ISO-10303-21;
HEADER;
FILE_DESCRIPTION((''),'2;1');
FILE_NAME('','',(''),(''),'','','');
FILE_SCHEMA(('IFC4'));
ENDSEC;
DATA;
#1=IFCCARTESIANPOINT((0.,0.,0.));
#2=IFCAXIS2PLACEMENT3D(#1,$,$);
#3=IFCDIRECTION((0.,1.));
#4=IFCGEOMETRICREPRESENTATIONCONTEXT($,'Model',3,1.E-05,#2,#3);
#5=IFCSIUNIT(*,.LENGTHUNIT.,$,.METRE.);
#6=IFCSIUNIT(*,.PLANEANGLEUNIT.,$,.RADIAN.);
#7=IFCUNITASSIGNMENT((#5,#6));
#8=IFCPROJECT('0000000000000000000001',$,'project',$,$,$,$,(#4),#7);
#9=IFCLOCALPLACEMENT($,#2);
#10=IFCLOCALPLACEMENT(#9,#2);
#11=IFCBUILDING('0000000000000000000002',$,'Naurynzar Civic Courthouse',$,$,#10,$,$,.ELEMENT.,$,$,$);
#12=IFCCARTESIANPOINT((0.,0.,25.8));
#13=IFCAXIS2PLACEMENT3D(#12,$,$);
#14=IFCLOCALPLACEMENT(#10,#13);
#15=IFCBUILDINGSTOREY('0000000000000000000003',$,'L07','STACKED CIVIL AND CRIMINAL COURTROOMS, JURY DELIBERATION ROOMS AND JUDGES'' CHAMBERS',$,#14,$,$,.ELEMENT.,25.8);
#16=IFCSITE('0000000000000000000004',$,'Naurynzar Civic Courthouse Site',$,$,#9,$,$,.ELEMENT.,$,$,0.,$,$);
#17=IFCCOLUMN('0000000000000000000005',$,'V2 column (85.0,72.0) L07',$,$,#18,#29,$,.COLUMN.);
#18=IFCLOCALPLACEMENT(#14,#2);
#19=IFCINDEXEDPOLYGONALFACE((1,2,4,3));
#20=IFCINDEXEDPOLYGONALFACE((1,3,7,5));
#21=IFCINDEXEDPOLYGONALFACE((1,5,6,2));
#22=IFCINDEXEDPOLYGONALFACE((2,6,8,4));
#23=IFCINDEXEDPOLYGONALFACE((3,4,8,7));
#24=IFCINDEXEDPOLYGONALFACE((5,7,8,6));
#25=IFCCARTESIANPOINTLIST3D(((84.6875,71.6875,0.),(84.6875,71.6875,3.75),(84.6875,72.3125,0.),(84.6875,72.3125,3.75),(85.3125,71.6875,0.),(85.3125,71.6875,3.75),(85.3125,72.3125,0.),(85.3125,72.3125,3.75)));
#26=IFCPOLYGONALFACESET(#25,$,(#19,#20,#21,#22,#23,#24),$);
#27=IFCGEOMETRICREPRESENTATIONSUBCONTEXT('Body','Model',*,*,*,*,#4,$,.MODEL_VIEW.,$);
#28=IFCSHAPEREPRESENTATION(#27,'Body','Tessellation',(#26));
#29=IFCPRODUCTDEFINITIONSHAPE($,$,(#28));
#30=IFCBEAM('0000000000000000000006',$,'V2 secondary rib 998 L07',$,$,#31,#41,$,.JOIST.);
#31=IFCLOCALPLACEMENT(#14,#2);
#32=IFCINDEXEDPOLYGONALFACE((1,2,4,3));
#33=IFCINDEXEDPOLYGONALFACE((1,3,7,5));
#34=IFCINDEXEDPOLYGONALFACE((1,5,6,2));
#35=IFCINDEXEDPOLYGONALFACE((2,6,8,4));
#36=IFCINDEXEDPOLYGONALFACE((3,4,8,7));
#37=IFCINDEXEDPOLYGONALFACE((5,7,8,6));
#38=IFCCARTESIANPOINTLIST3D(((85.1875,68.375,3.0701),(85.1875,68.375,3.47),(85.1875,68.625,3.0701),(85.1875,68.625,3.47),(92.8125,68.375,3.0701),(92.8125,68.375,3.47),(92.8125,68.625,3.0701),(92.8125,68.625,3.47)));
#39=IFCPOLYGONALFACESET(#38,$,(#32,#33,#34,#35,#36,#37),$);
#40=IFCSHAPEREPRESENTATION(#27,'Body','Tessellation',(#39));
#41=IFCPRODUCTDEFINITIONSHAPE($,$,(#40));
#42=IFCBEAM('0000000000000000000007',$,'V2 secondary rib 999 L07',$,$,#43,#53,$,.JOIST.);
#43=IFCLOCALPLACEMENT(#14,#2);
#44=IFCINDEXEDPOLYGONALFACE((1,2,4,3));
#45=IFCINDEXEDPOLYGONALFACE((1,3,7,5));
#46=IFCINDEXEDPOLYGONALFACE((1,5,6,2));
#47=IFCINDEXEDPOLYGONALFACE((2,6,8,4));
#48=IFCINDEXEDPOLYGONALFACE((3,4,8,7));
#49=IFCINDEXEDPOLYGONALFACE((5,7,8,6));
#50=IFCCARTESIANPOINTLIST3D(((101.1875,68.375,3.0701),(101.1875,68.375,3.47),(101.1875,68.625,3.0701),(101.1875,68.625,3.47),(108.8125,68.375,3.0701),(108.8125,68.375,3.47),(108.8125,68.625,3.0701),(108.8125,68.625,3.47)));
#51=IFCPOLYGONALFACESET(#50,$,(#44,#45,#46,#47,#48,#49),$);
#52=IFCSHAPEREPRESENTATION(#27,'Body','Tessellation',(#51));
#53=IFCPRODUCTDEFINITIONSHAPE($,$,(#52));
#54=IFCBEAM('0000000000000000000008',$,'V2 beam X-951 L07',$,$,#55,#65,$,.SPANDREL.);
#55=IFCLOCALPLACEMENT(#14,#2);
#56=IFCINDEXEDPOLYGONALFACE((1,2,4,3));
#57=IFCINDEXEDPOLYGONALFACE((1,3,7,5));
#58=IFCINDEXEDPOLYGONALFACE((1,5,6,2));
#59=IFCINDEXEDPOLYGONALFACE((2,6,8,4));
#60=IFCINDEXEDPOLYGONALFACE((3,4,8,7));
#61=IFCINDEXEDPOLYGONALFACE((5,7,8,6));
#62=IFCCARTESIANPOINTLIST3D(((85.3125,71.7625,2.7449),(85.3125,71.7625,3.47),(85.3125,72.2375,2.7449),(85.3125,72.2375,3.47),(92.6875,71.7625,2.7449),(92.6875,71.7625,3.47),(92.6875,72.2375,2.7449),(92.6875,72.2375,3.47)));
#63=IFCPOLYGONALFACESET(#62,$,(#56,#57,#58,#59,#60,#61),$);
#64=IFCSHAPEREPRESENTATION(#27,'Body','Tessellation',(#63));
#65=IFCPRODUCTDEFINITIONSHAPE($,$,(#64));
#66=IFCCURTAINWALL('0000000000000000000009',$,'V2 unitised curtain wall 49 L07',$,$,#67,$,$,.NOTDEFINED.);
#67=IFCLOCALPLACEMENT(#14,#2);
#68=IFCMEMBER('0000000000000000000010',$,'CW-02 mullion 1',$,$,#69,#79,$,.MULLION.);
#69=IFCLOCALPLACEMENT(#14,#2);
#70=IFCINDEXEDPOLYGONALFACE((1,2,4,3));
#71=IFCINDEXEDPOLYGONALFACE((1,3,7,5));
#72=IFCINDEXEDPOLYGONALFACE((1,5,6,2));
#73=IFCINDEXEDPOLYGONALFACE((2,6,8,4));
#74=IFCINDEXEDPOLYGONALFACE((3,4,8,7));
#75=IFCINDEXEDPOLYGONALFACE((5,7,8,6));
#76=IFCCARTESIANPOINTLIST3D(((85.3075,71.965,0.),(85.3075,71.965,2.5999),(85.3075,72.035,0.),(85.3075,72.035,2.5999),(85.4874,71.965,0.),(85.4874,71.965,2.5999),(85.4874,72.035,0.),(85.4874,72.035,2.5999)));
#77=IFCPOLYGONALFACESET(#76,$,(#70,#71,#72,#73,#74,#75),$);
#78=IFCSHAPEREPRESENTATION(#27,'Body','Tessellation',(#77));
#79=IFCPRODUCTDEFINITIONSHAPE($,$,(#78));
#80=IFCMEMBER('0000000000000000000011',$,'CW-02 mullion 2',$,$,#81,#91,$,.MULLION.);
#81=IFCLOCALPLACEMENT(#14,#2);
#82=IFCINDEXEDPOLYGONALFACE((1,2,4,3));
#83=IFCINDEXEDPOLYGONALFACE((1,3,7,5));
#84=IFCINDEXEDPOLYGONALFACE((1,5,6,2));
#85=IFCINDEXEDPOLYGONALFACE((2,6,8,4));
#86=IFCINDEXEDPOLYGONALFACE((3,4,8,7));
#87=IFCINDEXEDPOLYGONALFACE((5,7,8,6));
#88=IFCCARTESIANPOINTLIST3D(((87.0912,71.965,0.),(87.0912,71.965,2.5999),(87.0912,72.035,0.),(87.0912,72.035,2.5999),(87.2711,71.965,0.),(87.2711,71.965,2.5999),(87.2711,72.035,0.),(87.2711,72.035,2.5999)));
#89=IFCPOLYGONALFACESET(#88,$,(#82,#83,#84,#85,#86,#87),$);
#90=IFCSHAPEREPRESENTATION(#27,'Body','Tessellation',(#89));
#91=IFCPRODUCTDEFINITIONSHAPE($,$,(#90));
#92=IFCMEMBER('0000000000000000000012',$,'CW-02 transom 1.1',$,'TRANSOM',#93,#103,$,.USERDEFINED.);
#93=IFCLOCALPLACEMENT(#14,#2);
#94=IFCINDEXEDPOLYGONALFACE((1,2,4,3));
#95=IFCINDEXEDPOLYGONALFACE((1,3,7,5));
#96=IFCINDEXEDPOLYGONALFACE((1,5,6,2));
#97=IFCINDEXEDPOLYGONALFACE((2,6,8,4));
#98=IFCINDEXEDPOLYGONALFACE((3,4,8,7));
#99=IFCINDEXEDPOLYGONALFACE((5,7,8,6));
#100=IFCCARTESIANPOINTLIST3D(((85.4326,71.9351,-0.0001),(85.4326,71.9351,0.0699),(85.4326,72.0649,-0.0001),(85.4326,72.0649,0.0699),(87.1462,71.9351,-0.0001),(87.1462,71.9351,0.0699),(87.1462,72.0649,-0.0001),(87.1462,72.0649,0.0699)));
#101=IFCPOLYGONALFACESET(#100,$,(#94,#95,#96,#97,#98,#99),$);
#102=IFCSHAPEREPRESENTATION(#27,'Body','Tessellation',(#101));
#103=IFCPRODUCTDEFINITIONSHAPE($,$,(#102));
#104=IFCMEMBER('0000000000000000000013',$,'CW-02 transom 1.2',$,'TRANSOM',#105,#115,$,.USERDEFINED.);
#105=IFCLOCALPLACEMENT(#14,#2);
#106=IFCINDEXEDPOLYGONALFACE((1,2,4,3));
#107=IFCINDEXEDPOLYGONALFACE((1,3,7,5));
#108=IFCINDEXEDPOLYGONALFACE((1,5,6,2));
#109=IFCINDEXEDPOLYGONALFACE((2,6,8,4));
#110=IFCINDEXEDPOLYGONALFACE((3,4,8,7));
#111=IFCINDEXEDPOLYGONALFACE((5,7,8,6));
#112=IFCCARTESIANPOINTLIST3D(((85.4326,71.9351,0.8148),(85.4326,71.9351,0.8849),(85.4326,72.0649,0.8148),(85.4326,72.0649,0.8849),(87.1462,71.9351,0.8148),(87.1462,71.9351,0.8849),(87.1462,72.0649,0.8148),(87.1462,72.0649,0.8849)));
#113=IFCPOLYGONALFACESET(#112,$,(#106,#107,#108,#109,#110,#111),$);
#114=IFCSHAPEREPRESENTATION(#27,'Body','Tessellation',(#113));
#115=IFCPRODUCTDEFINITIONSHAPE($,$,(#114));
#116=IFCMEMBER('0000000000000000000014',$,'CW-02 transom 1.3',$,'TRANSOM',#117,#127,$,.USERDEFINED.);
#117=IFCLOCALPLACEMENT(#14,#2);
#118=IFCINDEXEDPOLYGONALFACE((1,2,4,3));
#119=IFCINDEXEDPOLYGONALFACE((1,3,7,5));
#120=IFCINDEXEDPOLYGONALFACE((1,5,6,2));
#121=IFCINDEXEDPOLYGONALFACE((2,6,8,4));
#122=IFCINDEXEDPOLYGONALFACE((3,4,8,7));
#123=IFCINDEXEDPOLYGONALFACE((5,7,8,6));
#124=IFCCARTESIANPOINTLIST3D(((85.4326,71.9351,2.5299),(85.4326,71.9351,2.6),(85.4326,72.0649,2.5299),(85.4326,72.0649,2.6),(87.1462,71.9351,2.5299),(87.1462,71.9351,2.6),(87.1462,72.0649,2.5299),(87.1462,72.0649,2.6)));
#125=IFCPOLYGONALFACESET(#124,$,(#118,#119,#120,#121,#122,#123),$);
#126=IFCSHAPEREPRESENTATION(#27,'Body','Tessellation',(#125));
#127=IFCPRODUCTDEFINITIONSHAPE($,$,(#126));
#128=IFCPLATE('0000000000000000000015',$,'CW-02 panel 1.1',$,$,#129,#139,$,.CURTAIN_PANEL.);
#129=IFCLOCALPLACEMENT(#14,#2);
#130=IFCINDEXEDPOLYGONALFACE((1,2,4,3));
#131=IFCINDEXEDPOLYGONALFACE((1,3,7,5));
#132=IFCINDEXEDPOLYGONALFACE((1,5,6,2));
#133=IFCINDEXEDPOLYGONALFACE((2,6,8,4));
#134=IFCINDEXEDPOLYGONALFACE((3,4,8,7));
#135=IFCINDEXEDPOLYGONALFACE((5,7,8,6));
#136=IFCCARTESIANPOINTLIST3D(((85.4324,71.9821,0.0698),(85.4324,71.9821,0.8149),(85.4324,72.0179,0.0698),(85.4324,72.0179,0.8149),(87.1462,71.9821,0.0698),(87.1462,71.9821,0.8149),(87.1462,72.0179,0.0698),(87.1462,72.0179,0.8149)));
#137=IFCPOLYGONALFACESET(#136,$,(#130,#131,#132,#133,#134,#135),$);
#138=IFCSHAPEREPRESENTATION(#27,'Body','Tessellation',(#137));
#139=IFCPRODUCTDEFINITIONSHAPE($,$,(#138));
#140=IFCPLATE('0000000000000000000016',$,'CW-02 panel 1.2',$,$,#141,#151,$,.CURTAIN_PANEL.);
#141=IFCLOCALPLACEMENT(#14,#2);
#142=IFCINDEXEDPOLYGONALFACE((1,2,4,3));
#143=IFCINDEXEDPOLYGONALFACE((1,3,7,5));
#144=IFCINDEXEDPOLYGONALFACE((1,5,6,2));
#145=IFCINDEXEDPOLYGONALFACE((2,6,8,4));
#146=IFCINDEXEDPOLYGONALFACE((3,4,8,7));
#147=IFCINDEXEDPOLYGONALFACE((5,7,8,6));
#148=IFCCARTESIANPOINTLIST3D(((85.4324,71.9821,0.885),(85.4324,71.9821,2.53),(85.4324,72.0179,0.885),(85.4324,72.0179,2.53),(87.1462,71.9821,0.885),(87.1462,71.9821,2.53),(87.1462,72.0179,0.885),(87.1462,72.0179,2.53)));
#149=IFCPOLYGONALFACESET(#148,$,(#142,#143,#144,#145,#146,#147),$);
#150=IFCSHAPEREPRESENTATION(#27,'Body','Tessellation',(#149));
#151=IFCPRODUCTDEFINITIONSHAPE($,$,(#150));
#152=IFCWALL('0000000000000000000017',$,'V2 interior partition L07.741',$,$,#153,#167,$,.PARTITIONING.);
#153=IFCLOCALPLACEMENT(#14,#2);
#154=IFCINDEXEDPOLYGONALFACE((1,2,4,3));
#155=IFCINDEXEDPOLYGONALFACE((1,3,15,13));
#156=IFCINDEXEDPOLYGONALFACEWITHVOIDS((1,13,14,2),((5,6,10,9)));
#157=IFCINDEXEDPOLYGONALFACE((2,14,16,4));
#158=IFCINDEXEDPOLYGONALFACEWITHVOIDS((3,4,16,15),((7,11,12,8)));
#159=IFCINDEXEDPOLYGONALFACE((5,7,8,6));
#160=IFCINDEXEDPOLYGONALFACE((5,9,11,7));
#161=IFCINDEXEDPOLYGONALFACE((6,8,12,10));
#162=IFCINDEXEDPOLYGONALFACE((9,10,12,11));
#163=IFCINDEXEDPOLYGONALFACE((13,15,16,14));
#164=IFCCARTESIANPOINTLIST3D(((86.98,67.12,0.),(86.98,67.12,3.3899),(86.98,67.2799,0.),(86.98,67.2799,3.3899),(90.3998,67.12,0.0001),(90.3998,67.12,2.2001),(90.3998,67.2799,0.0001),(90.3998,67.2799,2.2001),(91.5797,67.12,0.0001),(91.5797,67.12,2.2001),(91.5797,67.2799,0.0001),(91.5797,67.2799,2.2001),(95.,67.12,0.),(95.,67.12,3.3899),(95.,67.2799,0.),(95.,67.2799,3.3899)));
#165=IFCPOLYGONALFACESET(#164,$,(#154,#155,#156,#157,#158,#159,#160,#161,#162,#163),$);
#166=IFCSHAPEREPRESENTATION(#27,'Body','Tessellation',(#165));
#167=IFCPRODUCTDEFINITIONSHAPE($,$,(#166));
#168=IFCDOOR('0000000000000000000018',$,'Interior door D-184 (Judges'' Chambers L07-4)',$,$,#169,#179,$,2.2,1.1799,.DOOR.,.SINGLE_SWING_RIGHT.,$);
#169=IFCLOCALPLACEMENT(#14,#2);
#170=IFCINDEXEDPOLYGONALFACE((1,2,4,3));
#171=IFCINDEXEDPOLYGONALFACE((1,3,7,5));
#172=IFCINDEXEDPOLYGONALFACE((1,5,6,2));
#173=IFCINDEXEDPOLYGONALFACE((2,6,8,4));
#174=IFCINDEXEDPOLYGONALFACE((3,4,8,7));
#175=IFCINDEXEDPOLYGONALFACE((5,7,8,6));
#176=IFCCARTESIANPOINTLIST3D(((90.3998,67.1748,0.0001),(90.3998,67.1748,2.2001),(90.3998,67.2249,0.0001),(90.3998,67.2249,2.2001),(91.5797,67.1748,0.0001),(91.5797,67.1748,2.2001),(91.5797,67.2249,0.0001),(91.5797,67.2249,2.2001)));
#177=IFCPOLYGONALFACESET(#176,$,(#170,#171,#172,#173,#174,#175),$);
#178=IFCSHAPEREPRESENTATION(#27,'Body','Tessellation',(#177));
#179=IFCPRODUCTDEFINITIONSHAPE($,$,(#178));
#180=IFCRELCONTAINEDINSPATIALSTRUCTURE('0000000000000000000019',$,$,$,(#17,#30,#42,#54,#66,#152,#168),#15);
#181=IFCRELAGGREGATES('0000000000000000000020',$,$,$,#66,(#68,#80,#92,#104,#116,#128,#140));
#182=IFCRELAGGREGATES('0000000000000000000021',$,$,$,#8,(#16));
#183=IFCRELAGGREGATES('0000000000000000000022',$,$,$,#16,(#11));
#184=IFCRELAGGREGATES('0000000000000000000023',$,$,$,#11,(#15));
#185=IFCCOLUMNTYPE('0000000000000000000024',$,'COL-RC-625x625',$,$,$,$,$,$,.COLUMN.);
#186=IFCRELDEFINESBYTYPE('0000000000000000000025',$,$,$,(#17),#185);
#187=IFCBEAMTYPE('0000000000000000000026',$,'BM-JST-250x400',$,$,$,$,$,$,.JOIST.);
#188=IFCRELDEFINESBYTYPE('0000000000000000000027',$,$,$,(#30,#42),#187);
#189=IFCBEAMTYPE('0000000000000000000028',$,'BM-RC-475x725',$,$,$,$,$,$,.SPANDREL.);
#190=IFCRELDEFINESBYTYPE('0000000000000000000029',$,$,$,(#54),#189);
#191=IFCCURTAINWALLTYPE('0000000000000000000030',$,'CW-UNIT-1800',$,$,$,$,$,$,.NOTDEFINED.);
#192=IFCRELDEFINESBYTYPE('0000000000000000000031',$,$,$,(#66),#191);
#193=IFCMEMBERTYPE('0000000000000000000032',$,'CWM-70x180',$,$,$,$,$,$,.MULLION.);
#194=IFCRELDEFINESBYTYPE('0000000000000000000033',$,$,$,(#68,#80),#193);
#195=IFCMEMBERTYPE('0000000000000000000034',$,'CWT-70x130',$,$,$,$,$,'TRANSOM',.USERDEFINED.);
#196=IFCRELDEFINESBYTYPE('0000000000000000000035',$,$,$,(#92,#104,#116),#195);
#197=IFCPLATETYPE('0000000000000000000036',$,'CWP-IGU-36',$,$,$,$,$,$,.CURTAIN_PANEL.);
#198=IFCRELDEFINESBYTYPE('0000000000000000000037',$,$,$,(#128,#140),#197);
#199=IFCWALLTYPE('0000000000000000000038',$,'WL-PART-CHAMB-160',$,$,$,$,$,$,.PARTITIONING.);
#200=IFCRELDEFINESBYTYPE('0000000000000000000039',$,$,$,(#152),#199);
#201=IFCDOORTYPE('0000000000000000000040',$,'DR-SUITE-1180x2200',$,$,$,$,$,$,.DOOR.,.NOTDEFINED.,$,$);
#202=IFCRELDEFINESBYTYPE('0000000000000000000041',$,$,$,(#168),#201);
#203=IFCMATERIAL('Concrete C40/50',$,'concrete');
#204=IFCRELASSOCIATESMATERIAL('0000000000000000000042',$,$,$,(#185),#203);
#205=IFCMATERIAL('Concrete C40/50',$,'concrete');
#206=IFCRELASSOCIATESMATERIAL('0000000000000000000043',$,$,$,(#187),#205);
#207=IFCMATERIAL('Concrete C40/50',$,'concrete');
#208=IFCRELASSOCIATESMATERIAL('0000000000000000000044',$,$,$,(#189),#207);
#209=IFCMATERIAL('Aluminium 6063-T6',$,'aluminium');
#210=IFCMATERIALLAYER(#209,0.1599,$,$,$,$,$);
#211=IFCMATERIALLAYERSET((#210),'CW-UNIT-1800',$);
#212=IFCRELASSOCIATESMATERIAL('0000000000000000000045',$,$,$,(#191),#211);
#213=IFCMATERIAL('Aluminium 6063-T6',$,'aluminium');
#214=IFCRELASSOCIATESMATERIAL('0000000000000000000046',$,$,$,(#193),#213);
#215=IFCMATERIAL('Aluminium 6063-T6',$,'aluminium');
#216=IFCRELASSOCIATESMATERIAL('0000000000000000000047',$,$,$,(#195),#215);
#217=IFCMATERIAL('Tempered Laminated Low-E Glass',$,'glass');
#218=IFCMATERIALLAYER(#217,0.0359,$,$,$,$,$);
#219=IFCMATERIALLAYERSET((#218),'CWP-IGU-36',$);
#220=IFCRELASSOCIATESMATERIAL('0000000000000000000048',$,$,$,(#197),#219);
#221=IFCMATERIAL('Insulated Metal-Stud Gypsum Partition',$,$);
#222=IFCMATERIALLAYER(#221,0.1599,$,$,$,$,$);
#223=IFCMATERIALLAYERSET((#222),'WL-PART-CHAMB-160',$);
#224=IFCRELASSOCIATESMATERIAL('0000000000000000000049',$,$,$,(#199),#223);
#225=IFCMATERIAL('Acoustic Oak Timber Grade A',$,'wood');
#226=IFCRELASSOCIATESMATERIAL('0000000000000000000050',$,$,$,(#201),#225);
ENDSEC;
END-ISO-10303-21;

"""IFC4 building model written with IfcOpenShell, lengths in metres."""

from ifc_helpers import new_model, si_unit, direction, frame, frame_2d, origin, origin_2d, place, context, subcontext, project, spatial, rectangle, extrude, material, layer, layer_set, material_profile, profile_set, type_object, element, fill, aggregate, save


model = new_model("IFC4")

# Units and contexts
model_context = context("Model", 3, precision=1e-05, world=origin(), true_north=direction((0.0, 1.0)))
body_context = subcontext(model_context, "Body", "Model", "MODEL_VIEW")
ifc_project = project(units=[si_unit("LENGTHUNIT", "METRE"), si_unit("PLANEANGLEUNIT", "RADIAN")], contexts=[model_context])

# Site, building, storey
site_placement = place(None, origin())
site = spatial("IfcSite", under=ifc_project, at=site_placement, Name="Naurynzar Civic Courthouse Site", CompositionType="ELEMENT", RefElevation=0.0)
building_placement = place(site_placement, origin())
building = spatial("IfcBuilding", under=site, at=building_placement, Name="Naurynzar Civic Courthouse", CompositionType="ELEMENT")
storey_placement = place(building_placement, frame((0.0, 0.0, 25.8)))
storey = spatial("IfcBuildingStorey", under=building, at=storey_placement, Name="L07", Description="STACKED CIVIL AND CRIMINAL COURTROOMS, JURY DELIBERATION ROOMS AND JUDGES' CHAMBERS", CompositionType="ELEMENT", Elevation=25.8)

# Column
ifc_material_1 = material(Name="Concrete C40/50", Category="concrete")
ifc_material_profile_1 = material_profile(ifc_material_1, rectangle(XDim=0.625, YDim=0.625, at=origin_2d()), Name="RC 625x625")
ifc_profile_set_1 = profile_set([ifc_material_profile_1], Name="Concrete C40/50")
column_type = type_object("IfcColumnType", Name="COL-RC-625x625", PredefinedType="COLUMN", material=ifc_profile_set_1)
column_placement = place(storey_placement, frame((85.0, 72.0, 0.0), z_axis=(0.0, 0.0, 1.0), x_axis=(1.0, 0.0, 0.0)))
element("IfcColumn", 1, at=column_placement, inside=storey, type_object=column_type, Name="V2 column (85.0,72.0) L07", PredefinedType="COLUMN", context=body_context, shape_type="SweptSolid", body=[
    extrude(rectangle(XDim=0.625, YDim=0.625, at=origin_2d()), origin(), (0.0, 0.0, 1.0), 3.75),
])

# Beams
ifc_material_2 = material(Name="Concrete C40/50", Category="concrete")
ifc_material_profile_2 = material_profile(ifc_material_2, rectangle(XDim=0.25, YDim=0.3999, at=origin_2d()), Name="RCB 250x400")
ifc_profile_set_2 = profile_set([ifc_material_profile_2], Name="Concrete C40/50")
beam_type_1 = type_object("IfcBeamType", Name="BM-JST-250x400", PredefinedType="JOIST", material=ifc_profile_set_2)
for number, where, z_axis, x_axis, name in (
    (2, (85.1875, 68.5, 3.27), (1.0, 0.0, 0.0), (0.0, 1.0, 0.0), "V2 secondary rib 998 L07"),
    (3, (101.1875, 68.5, 3.27), (1.0, 0.0, 0.0), (0.0, 1.0, 0.0), "V2 secondary rib 999 L07"),
):
    element("IfcBeam", number, at=place(storey_placement, frame(where, z_axis=z_axis, x_axis=x_axis)), inside=storey, type_object=beam_type_1, Name=name, PredefinedType="JOIST", context=body_context, shape_type="SweptSolid", body=[
        extrude(rectangle(XDim=0.25, YDim=0.3999, at=origin_2d()), origin(), (0.0, 0.0, 1.0), 7.625),
    ])
ifc_material_3 = material(Name="Concrete C40/50", Category="concrete")
ifc_material_profile_3 = material_profile(ifc_material_3, rectangle(XDim=0.4751, YDim=0.7251, at=origin_2d()), Name="RCB 475x725")
ifc_profile_set_3 = profile_set([ifc_material_profile_3], Name="Concrete C40/50")
beam_type_2 = type_object("IfcBeamType", Name="BM-RC-475x725", PredefinedType="SPANDREL", material=ifc_profile_set_3)
beam_placement = place(storey_placement, frame((85.3125, 72.0, 3.1074), z_axis=(1.0, 0.0, 0.0), x_axis=(0.0, 1.0, 0.0)))
element("IfcBeam", 4, at=beam_placement, inside=storey, type_object=beam_type_2, Name="V2 beam X-951 L07", PredefinedType="SPANDREL", context=body_context, shape_type="SweptSolid", body=[
    extrude(rectangle(XDim=0.4751, YDim=0.7251, at=origin_2d()), origin(), (0.0, 0.0, 1.0), 7.375),
])

# Curtain wall, members, plates
ifc_material_4 = material(Name="Aluminium 6063-T6", Category="aluminium")
ifc_layer_1 = layer(ifc_material_4, 0.1599)
ifc_layer_set_1 = layer_set([ifc_layer_1], Name="CW-UNIT-1800")
curtain_wall_type = type_object("IfcCurtainWallType", Name="CW-UNIT-1800", PredefinedType="NOTDEFINED", material=ifc_layer_set_1)
curtain_wall_placement = place(storey_placement, origin())
curtain_wall = element("IfcCurtainWall", 5, at=curtain_wall_placement, inside=storey, type_object=curtain_wall_type, Name="V2 unitised curtain wall 49 L07", PredefinedType="NOTDEFINED")
ifc_material_5 = material(Name="Aluminium 6063-T6", Category="aluminium")
ifc_material_profile_4 = material_profile(ifc_material_5, rectangle(XDim=0.0701, YDim=0.1799, at=origin_2d()), Name="ALU MULLION 70x180")
ifc_profile_set_4 = profile_set([ifc_material_profile_4], Name="Aluminium 6063-T6")
member_type_1 = type_object("IfcMemberType", Name="CWM-70x180", PredefinedType="MULLION", material=ifc_profile_set_4)
member_1_placement = place(storey_placement, frame((85.3975, 72.0, 0.0), z_axis=(0.0, 0.0, 1.0), x_axis=(0.0, 1.0, 0.0)))
member_1 = element("IfcMember", 6, at=member_1_placement, type_object=member_type_1, Name="CW-02 mullion 1", PredefinedType="MULLION", context=body_context, shape_type="SweptSolid", body=[
    extrude(rectangle(XDim=0.0701, YDim=0.1799, at=origin_2d()), origin(), (0.0, 0.0, 1.0), 2.5999),
])
member_2_placement = place(storey_placement, frame((87.1812, 72.0, 0.0), z_axis=(0.0, 0.0, 1.0), x_axis=(0.0, 1.0, 0.0)))
member_2 = element("IfcMember", 7, at=member_2_placement, type_object=member_type_1, Name="CW-02 mullion 2", PredefinedType="MULLION", context=body_context, shape_type="SweptSolid", body=[
    extrude(rectangle(XDim=0.0701, YDim=0.1799, at=origin_2d()), origin(), (0.0, 0.0, 1.0), 2.5999),
])
ifc_material_6 = material(Name="Aluminium 6063-T6", Category="aluminium")
ifc_material_profile_5 = material_profile(ifc_material_6, rectangle(XDim=0.1299, YDim=0.0701, at=origin_2d()), Name="ALU TRANSOM 70x130")
ifc_profile_set_5 = profile_set([ifc_material_profile_5], Name="Aluminium 6063-T6")
member_type_2 = type_object("IfcMemberType", Name="CWT-70x130", ElementType="TRANSOM", PredefinedType="USERDEFINED", material=ifc_profile_set_5)
member_3_placement = place(storey_placement, frame((85.4326, 72.0, 0.0349), z_axis=(1.0, 0.0, 0.0), x_axis=(0.0, 1.0, 0.0)))
member_3 = element("IfcMember", 8, at=member_3_placement, type_object=member_type_2, Name="CW-02 transom 1.1", ObjectType="TRANSOM", PredefinedType="USERDEFINED", context=body_context, shape_type="SweptSolid", body=[
    extrude(rectangle(XDim=0.1299, YDim=0.0701, at=origin_2d()), origin(), (0.0, 0.0, 1.0), 1.7136),
])
member_4_placement = place(storey_placement, frame((85.4326, 72.0, 0.8499), z_axis=(1.0, 0.0, 0.0), x_axis=(0.0, 1.0, 0.0)))
member_4 = element("IfcMember", 9, at=member_4_placement, type_object=member_type_2, Name="CW-02 transom 1.2", ObjectType="TRANSOM", PredefinedType="USERDEFINED", context=body_context, shape_type="SweptSolid", body=[
    extrude(rectangle(XDim=0.1299, YDim=0.0701, at=origin_2d()), origin(), (0.0, 0.0, 1.0), 1.7136),
])
member_5_placement = place(storey_placement, frame((85.4326, 72.0, 2.5649), z_axis=(1.0, 0.0, 0.0), x_axis=(0.0, 1.0, 0.0)))
member_5 = element("IfcMember", 10, at=member_5_placement, type_object=member_type_2, Name="CW-02 transom 1.3", ObjectType="TRANSOM", PredefinedType="USERDEFINED", context=body_context, shape_type="SweptSolid", body=[
    extrude(rectangle(XDim=0.1299, YDim=0.0701, at=origin_2d()), origin(), (0.0, 0.0, 1.0), 1.7136),
])
ifc_material_7 = material(Name="Tempered Laminated Low-E Glass", Category="glass")
ifc_layer_2 = layer(ifc_material_7, 0.0359)
ifc_layer_set_2 = layer_set([ifc_layer_2], Name="CWP-IGU-36")
plate_type = type_object("IfcPlateType", Name="CWP-IGU-36", PredefinedType="CURTAIN_PANEL", material=ifc_layer_set_2)
plate_1_placement = place(storey_placement, frame((86.2893, 72.0, 0.0698), z_axis=(0.0, 0.0, 1.0), x_axis=(1.0, 0.0, 0.0)))
plate_1 = element("IfcPlate", 11, at=plate_1_placement, type_object=plate_type, Name="CW-02 panel 1.1", PredefinedType="CURTAIN_PANEL", context=body_context, shape_type="SweptSolid", body=[
    extrude(rectangle(XDim=1.7139, YDim=0.0359, at=origin_2d()), origin(), (0.0, 0.0, 1.0), 0.7451),
])
plate_2_placement = place(storey_placement, frame((86.2893, 72.0, 0.885), z_axis=(0.0, 0.0, 1.0), x_axis=(1.0, 0.0, 0.0)))
plate_2 = element("IfcPlate", 12, at=plate_2_placement, type_object=plate_type, Name="CW-02 panel 1.2", PredefinedType="CURTAIN_PANEL", context=body_context, shape_type="SweptSolid", body=[
    extrude(rectangle(XDim=1.7139, YDim=0.0359, at=origin_2d()), origin(), (0.0, 0.0, 1.0), 1.645),
])
aggregate(curtain_wall, [member_1, member_2, member_3, member_4, member_5, plate_1, plate_2])

# Wall, opening, door
ifc_material_8 = material(Name="Insulated Metal-Stud Gypsum Partition")
ifc_layer_3 = layer(ifc_material_8, 0.1599)
ifc_layer_set_3 = layer_set([ifc_layer_3], Name="WL-PART-CHAMB-160")
wall_type_1 = type_object("IfcWallType", Name="WL-PART-CHAMB-160", PredefinedType="PARTITIONING", material=ifc_layer_set_3)
wall_1_placement = place(storey_placement, frame((86.98, 67.2, 0.0), z_axis=(0.0, 0.0, 1.0), x_axis=(1.0, 0.0, 0.0)))
wall_1 = element("IfcWall", 13, at=wall_1_placement, inside=storey, type_object=wall_type_1, Name="V2 interior partition L07.741", PredefinedType="PARTITIONING", context=body_context, shape_type="SweptSolid", body=[
    extrude(rectangle(XDim=8.02, YDim=0.1599, at=frame_2d((4.01, 0.0))), origin(), (0.0, 0.0, 1.0), 3.3899),
])
opening_1_placement = place(wall_1_placement, frame((3.4199, 0.0, 0.0)))
opening_1 = element("IfcOpeningElement", 14, at=opening_1_placement, cuts=wall_1, PredefinedType="OPENING", context=body_context, shape_type="SweptSolid", body=[
    extrude(rectangle(XDim=1.1799, YDim=2.2, at=frame_2d((0.5898, 1.1001))), frame((0.0, 0.0898, 0.0), z_axis=(0.0, -1.0, 0.0), x_axis=(1.0, 0.0, 0.0)), (0.0, 0.0, 1.0), 0.1799),
])
ifc_material_9 = material(Name="Acoustic Oak Timber Grade A", Category="wood")
door_type_1 = type_object("IfcDoorType", Name="DR-SUITE-1180x2200", OperationType="NOTDEFINED", PredefinedType="DOOR", material=ifc_material_9)
door_1_placement = place(opening_1_placement, origin())
door_1 = element("IfcDoor", 15, at=door_1_placement, inside=storey, type_object=door_type_1, Name="Interior door D-184 (Judges' Chambers L07-4)", OperationType="SINGLE_SWING_RIGHT", OverallHeight=2.2, OverallWidth=1.1799, PredefinedType="DOOR", context=body_context, shape_type="SweptSolid", body=[
    extrude(rectangle(XDim=1.1799, YDim=2.2, at=frame_2d((0.5898, 1.1001))), frame((0.0, 0.0249, 0.0), z_axis=(0.0, -1.0, 0.0), x_axis=(1.0, 0.0, 0.0)), (0.0, 0.0, 1.0), 0.05),
])
fill(opening_1, door_1)

save(model, "model.ifc")
